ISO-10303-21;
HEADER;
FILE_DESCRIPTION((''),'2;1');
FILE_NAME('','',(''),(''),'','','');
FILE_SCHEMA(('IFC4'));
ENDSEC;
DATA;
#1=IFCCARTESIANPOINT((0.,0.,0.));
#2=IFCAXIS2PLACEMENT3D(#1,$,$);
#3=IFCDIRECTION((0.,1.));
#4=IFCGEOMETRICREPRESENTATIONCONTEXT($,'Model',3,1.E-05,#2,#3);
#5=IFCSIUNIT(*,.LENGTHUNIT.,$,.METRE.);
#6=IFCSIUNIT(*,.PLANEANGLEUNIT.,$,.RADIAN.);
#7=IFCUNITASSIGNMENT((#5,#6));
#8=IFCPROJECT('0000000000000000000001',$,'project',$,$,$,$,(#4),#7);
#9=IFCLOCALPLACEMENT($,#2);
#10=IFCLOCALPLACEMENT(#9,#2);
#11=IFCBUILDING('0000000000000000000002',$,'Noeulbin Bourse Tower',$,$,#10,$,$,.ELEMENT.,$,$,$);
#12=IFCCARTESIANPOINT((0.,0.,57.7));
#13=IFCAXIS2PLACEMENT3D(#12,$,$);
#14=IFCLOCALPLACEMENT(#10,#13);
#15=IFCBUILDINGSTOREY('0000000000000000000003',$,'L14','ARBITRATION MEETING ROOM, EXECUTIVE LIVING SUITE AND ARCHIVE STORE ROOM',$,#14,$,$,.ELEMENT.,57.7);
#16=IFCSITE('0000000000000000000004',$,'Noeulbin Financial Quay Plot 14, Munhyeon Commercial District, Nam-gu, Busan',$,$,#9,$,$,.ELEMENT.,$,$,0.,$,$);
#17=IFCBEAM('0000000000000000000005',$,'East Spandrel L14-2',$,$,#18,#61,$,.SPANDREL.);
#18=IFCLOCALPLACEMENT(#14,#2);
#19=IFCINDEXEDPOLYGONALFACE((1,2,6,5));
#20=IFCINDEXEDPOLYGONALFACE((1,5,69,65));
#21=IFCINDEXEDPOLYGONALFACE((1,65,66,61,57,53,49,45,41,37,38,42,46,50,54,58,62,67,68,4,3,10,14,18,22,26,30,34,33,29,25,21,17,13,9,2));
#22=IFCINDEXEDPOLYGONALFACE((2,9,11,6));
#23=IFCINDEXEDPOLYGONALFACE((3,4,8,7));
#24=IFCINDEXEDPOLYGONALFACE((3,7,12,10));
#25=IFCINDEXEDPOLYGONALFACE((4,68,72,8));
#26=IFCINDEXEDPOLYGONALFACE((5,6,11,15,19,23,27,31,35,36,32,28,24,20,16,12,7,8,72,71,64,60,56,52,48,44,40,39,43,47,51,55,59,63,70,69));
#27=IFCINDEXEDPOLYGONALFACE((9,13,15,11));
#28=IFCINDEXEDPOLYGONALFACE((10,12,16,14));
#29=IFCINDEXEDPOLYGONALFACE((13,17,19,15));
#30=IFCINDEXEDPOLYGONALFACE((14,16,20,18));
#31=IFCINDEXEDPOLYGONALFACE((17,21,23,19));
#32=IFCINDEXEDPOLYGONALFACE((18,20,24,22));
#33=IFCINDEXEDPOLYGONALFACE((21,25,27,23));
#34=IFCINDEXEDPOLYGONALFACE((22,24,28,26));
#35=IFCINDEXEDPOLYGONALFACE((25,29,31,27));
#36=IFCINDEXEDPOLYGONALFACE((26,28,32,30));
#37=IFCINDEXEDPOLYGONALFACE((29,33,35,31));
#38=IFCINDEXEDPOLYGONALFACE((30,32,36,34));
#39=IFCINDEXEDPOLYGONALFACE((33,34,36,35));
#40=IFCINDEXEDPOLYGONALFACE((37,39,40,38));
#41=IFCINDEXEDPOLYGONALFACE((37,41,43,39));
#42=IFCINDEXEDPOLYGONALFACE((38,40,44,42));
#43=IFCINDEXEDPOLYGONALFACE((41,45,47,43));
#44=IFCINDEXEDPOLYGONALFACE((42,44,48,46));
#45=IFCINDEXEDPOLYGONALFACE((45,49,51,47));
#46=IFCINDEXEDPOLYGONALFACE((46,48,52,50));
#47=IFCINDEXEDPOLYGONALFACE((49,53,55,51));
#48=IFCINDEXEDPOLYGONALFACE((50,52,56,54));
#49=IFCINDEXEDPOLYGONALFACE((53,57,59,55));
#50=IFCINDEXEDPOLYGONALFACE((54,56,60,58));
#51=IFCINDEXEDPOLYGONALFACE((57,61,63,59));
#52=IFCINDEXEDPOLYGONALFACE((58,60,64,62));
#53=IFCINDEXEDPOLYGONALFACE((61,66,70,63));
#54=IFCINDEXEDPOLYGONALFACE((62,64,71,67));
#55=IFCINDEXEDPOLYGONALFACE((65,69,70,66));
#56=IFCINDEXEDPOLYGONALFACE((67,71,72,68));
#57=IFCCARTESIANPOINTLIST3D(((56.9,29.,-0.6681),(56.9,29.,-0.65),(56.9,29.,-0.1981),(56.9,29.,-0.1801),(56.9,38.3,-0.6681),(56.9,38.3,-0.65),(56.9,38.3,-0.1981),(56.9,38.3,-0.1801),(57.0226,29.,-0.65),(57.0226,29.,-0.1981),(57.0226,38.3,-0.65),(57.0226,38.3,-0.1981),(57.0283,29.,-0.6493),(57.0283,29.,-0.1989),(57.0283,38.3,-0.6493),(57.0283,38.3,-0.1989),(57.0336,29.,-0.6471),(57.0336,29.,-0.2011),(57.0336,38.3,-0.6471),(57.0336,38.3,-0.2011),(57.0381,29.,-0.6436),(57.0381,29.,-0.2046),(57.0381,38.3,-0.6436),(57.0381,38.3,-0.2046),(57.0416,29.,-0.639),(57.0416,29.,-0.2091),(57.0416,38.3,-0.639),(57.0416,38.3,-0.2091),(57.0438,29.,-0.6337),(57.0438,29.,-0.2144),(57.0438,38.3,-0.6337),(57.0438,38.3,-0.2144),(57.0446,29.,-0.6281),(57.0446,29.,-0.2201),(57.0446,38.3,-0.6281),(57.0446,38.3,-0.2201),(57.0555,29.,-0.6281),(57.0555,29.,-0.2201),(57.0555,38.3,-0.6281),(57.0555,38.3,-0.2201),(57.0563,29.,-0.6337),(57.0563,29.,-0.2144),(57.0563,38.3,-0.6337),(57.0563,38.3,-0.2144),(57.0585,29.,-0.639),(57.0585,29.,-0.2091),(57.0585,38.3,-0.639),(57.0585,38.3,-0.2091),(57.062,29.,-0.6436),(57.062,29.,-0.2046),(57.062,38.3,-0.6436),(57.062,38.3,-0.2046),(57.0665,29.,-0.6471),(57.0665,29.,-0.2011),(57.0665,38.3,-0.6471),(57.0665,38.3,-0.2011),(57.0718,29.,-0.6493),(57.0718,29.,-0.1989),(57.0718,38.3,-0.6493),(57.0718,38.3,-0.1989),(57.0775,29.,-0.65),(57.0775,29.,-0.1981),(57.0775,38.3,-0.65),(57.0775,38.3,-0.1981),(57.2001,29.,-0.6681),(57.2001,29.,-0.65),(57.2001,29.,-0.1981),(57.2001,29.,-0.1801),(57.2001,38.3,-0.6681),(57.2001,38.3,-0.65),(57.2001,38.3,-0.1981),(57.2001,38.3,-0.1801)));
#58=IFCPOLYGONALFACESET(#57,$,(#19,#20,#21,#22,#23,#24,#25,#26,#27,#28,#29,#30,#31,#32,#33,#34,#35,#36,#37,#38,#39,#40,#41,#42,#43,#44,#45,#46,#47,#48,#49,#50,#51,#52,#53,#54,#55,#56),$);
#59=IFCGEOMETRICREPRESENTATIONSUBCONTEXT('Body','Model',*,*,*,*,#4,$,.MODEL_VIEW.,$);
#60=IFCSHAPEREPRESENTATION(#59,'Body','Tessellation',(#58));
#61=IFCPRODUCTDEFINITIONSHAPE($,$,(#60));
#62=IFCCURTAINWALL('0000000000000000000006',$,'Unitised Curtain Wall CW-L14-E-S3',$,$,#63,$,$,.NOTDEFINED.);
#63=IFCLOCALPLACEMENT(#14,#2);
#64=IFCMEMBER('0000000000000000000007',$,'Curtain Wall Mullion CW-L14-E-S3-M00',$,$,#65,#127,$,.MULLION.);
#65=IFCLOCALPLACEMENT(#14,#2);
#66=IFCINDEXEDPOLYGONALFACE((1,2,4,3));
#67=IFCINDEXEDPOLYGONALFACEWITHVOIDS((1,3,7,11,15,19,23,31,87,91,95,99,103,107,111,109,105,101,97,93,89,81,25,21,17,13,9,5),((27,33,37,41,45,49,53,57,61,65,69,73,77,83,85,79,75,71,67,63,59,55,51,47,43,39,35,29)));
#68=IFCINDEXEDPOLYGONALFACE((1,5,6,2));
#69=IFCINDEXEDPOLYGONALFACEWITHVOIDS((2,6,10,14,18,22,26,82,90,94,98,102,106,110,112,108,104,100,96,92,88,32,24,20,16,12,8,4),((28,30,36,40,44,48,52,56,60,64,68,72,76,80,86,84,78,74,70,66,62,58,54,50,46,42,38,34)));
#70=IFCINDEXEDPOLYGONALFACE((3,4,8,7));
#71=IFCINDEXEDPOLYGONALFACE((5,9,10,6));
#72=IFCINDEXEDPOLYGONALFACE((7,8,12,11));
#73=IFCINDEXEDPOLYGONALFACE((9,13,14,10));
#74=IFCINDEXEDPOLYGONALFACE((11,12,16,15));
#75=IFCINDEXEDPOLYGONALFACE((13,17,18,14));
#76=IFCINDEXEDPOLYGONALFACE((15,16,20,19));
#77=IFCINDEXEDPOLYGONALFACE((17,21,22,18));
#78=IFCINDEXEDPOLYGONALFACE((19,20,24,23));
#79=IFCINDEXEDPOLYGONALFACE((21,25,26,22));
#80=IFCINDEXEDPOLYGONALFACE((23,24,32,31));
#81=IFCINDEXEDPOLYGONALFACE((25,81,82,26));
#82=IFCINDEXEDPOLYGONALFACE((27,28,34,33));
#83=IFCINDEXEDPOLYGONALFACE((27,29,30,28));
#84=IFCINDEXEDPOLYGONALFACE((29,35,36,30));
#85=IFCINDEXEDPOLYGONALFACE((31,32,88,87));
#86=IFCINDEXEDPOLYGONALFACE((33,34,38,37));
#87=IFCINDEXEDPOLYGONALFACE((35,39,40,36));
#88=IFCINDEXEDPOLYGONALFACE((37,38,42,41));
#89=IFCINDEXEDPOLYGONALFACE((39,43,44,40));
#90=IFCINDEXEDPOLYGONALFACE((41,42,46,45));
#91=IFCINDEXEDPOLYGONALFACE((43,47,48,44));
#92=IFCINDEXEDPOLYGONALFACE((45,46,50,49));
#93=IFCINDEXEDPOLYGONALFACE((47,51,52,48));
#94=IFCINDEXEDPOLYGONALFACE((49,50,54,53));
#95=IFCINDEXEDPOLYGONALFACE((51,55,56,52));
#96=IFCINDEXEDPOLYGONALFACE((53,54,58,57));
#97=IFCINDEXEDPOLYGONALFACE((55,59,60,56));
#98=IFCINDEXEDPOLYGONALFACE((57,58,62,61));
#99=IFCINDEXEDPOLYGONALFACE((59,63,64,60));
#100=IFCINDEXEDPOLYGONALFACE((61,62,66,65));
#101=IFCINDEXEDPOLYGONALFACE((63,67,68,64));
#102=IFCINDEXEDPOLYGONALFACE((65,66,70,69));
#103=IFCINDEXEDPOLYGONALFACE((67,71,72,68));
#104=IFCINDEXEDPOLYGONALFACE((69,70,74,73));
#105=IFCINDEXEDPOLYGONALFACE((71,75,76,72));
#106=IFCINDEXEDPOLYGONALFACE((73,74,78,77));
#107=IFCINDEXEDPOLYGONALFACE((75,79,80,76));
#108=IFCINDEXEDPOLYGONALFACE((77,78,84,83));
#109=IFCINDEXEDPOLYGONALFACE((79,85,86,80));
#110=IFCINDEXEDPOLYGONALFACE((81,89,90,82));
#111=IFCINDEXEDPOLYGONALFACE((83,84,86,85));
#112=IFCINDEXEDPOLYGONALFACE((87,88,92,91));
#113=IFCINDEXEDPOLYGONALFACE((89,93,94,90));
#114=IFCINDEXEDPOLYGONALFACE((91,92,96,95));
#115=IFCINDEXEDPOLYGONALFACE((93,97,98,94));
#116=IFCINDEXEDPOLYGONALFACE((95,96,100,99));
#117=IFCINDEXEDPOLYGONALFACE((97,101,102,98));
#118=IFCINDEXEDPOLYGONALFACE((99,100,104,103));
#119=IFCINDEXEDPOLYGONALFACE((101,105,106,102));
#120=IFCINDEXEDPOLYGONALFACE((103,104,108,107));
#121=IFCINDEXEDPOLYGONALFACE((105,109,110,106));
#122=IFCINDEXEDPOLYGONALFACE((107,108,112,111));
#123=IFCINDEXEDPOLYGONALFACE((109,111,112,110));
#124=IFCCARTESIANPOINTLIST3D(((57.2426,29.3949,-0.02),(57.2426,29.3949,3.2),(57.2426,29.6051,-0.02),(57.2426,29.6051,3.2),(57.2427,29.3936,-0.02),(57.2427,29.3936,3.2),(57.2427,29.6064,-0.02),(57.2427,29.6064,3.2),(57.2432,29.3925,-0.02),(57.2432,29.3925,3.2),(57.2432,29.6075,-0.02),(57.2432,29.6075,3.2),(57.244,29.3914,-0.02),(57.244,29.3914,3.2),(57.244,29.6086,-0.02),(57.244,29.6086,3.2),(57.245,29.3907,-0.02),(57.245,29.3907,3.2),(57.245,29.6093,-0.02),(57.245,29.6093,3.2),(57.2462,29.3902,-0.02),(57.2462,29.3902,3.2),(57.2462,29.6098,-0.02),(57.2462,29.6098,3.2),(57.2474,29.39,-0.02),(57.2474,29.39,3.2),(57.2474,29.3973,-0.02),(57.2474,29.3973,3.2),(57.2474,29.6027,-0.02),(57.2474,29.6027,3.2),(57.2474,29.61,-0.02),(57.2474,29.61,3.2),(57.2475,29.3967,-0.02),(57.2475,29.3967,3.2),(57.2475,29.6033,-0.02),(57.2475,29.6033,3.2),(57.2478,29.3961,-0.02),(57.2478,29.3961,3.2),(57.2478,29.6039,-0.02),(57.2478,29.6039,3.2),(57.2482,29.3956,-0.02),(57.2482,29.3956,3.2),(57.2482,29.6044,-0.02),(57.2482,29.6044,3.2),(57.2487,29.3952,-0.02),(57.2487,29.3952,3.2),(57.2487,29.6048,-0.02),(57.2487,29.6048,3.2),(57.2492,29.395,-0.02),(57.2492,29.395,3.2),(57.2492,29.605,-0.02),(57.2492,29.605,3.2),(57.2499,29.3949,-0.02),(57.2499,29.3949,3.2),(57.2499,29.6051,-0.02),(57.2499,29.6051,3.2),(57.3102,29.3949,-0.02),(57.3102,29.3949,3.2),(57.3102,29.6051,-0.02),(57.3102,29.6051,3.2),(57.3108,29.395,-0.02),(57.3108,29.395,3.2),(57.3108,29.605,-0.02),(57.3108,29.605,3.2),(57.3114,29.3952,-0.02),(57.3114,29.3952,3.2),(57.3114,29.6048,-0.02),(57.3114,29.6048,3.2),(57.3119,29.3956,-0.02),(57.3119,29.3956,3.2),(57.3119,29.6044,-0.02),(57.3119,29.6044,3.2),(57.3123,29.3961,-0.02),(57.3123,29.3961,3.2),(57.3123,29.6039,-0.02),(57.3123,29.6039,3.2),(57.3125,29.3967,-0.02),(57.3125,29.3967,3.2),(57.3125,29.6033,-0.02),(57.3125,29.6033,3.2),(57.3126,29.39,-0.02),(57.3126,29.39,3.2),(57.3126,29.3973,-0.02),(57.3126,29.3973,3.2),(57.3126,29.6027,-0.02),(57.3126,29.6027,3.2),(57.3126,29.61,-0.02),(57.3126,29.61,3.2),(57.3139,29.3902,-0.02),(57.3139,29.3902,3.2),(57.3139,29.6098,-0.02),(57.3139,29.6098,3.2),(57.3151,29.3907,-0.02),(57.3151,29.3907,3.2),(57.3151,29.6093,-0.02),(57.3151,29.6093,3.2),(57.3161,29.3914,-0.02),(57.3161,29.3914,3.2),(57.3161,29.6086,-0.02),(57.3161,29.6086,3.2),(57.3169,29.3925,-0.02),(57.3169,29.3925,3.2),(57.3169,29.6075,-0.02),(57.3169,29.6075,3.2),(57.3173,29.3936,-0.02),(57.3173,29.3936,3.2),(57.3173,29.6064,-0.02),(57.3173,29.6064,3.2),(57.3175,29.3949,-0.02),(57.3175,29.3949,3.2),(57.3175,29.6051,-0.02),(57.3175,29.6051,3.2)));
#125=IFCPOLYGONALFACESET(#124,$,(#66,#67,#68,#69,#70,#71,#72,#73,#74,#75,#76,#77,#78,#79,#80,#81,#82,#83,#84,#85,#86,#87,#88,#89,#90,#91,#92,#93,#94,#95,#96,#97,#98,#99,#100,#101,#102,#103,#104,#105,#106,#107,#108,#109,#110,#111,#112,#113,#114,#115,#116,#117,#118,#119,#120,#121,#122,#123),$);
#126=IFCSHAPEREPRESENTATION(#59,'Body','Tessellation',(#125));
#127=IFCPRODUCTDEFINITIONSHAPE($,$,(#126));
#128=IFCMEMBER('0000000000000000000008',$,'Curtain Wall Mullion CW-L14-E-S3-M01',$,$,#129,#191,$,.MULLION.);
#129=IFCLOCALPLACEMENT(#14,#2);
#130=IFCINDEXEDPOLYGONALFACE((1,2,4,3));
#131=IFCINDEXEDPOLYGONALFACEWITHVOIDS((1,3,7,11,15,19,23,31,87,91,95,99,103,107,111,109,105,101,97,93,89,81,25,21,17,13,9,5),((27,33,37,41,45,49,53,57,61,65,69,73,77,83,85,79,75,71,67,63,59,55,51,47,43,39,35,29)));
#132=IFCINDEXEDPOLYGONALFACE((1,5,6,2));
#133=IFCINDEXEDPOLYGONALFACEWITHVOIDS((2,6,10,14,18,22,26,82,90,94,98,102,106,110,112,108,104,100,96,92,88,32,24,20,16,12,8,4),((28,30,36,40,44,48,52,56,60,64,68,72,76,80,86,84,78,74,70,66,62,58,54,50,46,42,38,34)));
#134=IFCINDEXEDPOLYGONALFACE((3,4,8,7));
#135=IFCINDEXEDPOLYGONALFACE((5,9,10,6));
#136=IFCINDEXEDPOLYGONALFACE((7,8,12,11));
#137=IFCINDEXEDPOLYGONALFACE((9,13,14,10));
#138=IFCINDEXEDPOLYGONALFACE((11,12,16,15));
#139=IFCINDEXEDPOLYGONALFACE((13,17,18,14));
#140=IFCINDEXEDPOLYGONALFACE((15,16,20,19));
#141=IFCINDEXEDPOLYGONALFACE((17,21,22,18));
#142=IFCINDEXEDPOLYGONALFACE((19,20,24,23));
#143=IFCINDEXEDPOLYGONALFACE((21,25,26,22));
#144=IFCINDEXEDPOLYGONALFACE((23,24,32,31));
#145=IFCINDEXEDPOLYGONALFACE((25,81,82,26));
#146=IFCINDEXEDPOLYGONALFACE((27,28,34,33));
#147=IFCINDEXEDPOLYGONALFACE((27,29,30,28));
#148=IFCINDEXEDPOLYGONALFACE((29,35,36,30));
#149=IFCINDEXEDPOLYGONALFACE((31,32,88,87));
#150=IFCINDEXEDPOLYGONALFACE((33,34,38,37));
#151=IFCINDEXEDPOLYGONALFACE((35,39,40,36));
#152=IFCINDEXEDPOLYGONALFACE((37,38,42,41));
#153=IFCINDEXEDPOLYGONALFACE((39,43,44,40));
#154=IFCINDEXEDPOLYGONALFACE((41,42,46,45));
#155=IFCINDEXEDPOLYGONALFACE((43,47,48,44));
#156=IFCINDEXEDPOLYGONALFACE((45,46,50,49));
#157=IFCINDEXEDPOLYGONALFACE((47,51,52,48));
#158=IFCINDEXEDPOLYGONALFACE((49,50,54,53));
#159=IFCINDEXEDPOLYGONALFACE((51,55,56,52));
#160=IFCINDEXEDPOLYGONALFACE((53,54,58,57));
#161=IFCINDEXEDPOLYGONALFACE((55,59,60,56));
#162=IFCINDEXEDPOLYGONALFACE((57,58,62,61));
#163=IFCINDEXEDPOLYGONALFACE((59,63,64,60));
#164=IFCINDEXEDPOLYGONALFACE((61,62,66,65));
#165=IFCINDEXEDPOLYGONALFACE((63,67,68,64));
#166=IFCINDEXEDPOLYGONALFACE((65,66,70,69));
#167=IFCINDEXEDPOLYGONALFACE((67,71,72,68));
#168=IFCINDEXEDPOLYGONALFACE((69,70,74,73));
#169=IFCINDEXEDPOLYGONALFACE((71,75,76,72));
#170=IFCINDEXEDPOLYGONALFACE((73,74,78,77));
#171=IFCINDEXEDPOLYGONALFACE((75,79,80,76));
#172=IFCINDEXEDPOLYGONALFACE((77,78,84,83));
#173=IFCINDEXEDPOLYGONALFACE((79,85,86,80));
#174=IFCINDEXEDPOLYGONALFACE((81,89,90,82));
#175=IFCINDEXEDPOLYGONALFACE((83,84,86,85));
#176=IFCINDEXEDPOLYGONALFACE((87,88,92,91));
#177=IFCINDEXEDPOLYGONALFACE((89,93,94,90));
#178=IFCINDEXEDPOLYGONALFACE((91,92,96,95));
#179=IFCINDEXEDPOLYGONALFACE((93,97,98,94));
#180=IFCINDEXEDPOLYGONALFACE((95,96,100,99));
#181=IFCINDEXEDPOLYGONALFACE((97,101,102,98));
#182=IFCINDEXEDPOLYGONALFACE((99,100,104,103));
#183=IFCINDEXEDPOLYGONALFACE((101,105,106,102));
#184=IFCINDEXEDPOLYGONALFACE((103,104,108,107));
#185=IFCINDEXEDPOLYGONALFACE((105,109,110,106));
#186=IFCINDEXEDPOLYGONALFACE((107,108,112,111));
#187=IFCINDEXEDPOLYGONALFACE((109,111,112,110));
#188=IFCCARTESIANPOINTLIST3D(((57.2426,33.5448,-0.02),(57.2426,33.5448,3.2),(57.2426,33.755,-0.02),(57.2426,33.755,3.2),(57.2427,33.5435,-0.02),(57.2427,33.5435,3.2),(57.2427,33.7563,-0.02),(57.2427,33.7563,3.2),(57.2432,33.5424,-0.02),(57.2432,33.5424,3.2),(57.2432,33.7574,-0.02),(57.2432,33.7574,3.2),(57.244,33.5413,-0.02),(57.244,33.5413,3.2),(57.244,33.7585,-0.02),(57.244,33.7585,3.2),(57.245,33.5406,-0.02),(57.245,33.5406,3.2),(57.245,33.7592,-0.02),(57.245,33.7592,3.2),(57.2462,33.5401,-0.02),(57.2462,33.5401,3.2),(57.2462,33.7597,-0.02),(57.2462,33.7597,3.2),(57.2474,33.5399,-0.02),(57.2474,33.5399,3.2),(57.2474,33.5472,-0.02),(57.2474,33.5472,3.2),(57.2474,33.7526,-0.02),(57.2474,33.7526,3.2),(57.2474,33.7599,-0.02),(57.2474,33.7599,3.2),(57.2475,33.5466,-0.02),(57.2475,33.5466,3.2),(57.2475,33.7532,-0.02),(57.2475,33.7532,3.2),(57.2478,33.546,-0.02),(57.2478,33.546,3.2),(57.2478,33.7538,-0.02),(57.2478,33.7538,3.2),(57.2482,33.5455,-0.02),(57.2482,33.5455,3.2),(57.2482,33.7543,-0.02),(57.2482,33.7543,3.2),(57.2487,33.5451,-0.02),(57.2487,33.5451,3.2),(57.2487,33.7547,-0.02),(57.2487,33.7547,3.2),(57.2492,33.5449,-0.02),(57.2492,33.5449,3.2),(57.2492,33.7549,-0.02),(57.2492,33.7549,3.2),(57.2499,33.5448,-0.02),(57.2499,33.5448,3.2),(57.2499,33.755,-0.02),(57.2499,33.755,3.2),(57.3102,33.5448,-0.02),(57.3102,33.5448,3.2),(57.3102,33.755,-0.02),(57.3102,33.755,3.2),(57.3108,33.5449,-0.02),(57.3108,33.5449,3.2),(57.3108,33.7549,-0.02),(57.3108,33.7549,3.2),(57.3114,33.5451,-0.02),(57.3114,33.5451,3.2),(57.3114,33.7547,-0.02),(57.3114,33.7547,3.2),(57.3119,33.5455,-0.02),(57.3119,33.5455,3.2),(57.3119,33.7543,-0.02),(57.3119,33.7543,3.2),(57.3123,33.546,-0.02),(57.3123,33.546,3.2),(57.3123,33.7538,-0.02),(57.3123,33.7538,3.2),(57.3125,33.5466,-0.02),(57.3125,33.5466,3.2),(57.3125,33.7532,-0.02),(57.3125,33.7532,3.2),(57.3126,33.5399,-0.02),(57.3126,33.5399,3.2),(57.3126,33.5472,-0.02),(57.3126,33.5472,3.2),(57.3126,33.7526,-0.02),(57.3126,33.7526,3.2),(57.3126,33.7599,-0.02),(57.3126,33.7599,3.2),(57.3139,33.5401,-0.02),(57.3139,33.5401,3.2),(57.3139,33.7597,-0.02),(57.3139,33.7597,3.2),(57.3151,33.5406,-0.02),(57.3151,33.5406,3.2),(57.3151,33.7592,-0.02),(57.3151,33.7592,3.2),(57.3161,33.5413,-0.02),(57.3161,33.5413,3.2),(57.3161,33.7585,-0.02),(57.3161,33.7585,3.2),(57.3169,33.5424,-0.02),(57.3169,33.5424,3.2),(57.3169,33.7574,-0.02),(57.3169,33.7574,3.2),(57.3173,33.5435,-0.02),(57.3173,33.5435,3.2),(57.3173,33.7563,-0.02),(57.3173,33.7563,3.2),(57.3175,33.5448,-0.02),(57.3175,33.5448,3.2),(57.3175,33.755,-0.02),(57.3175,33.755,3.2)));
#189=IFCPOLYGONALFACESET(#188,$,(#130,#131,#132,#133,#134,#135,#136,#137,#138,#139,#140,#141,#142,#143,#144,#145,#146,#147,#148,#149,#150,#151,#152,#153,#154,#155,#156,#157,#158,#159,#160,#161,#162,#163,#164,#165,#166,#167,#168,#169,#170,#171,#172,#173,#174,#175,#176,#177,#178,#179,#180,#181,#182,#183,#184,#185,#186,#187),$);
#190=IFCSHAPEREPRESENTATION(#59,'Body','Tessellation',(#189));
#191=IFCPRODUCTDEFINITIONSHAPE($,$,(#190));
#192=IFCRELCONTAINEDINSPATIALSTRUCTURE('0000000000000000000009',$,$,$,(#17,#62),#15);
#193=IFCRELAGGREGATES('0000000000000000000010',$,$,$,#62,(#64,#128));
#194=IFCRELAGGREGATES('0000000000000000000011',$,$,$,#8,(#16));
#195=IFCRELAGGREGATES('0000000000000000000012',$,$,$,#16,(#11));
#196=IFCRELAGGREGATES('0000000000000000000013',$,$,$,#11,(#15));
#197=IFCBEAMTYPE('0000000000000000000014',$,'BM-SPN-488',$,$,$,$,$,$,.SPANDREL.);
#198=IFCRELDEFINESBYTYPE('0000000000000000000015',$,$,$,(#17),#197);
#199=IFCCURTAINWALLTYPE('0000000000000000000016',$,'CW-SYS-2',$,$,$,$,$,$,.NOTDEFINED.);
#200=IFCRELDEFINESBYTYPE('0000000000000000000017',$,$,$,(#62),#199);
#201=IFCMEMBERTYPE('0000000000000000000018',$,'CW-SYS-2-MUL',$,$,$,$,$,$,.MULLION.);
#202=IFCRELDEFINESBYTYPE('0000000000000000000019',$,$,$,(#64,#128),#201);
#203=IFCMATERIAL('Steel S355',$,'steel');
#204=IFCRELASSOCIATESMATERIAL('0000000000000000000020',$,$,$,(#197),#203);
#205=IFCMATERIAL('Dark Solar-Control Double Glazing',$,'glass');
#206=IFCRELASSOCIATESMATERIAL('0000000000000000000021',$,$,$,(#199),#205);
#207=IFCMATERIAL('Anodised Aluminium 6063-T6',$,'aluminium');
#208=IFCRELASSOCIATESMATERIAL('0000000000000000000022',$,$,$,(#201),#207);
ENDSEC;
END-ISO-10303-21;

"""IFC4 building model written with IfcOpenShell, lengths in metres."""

from ifc_helpers import new_model, si_unit, direction, frame, origin, origin_2d, place, context, subcontext, project, spatial, hollow_rectangle, i_section, extrude, material, material_profile, profile_set, type_object, element, aggregate, save


model = new_model("IFC4")

# Units and contexts
model_context = context("Model", 3, precision=1e-05, world=origin(), true_north=direction((0.0, 1.0)))
body_context = subcontext(model_context, "Body", "Model", "MODEL_VIEW")
ifc_project = project(units=[si_unit("LENGTHUNIT", "METRE"), si_unit("PLANEANGLEUNIT", "RADIAN")], contexts=[model_context])

# Site, building, storey
site_placement = place(None, origin())
site = spatial("IfcSite", under=ifc_project, at=site_placement, Name="Noeulbin Financial Quay Plot 14, Munhyeon Commercial District, Nam-gu, Busan", CompositionType="ELEMENT", RefElevation=0.0)
building_placement = place(site_placement, origin())
building = spatial("IfcBuilding", under=site, at=building_placement, Name="Noeulbin Bourse Tower", CompositionType="ELEMENT")
storey_placement = place(building_placement, frame((0.0, 0.0, 57.7)))
storey = spatial("IfcBuildingStorey", under=building, at=storey_placement, Name="L14", Description="ARBITRATION MEETING ROOM, EXECUTIVE LIVING SUITE AND ARCHIVE STORE ROOM", CompositionType="ELEMENT", Elevation=57.7)

# Beam
ifc_material_1 = material(Name="Steel S355", Category="steel")
ifc_material_profile_1 = material_profile(ifc_material_1, i_section(OverallWidth=0.3, OverallDepth=0.488, WebThickness=0.011, FlangeThickness=0.0181, FilletRadius=0.022, at=origin_2d()), Name="H-488x300x11x18", Category="LoadBearing")
ifc_profile_set_1 = profile_set([ifc_material_profile_1], Name="Steel S355")
beam_type_1 = type_object("IfcBeamType", Name="BM-SPN-488", PredefinedType="SPANDREL", material=ifc_profile_set_1)
beam_1_placement = place(storey_placement, frame((57.05, 29.0, -0.4241), z_axis=(0.0, 1.0, 0.0), x_axis=(-1.0, 0.0, 0.0)))
element("IfcBeam", 1, at=beam_1_placement, inside=storey, type_object=beam_type_1, Name="East Spandrel L14-2", PredefinedType="SPANDREL", context=body_context, shape_type="SweptSolid", body=[
    extrude(i_section(OverallWidth=0.3, OverallDepth=0.488, WebThickness=0.011, FlangeThickness=0.0181, FilletRadius=0.022, at=origin_2d()), origin(), (0.0, 0.0, 1.0), 9.3),
])

# Curtain wall, members
ifc_material_2 = material(Name="Dark Solar-Control Double Glazing", Category="glass")
curtain_wall_type = type_object("IfcCurtainWallType", Name="CW-SYS-2", PredefinedType="NOTDEFINED", material=ifc_material_2)
curtain_wall_placement = place(storey_placement, origin())
curtain_wall = element("IfcCurtainWall", 2, at=curtain_wall_placement, inside=storey, type_object=curtain_wall_type, Name="Unitised Curtain Wall CW-L14-E-S3", PredefinedType="NOTDEFINED")
ifc_material_3 = material(Name="Anodised Aluminium 6063-T6", Category="aluminium")
ifc_material_profile_2 = material_profile(ifc_material_3, hollow_rectangle(XDim=0.075, YDim=0.22, WallThickness=0.0049, InnerFilletRadius=0.0024, OuterFilletRadius=0.0049, at=origin_2d()), Name="ALU-MULL-75x220x5", Category="LoadBearing")
ifc_profile_set_2 = profile_set([ifc_material_profile_2], Name="Anodised Aluminium 6063-T6")
member_type_1 = type_object("IfcMemberType", Name="CW-SYS-2-MUL", PredefinedType="MULLION", material=ifc_profile_set_2)
member_1_placement = place(storey_placement, frame((57.28, 29.5, -0.02), z_axis=(0.0, 0.0, 1.0), x_axis=(1.0, 0.0, 0.0)))
member_1 = element("IfcMember", 3, at=member_1_placement, type_object=member_type_1, Name="Curtain Wall Mullion CW-L14-E-S3-M00", PredefinedType="MULLION", context=body_context, shape_type="SweptSolid", body=[
    extrude(hollow_rectangle(XDim=0.075, YDim=0.22, WallThickness=0.0049, InnerFilletRadius=0.0024, OuterFilletRadius=0.0049, at=origin_2d()), origin(), (0.0, 0.0, 1.0), 3.22),
])
member_2_placement = place(storey_placement, frame((57.28, 33.6499, -0.02), z_axis=(0.0, 0.0, 1.0), x_axis=(1.0, 0.0, 0.0)))
member_2 = element("IfcMember", 4, at=member_2_placement, type_object=member_type_1, Name="Curtain Wall Mullion CW-L14-E-S3-M01", PredefinedType="MULLION", context=body_context, shape_type="SweptSolid", body=[
    extrude(hollow_rectangle(XDim=0.075, YDim=0.22, WallThickness=0.0049, InnerFilletRadius=0.0024, OuterFilletRadius=0.0049, at=origin_2d()), origin(), (0.0, 0.0, 1.0), 3.22),
])
aggregate(curtain_wall, [member_1, member_2])

save(model, "model.ifc")
